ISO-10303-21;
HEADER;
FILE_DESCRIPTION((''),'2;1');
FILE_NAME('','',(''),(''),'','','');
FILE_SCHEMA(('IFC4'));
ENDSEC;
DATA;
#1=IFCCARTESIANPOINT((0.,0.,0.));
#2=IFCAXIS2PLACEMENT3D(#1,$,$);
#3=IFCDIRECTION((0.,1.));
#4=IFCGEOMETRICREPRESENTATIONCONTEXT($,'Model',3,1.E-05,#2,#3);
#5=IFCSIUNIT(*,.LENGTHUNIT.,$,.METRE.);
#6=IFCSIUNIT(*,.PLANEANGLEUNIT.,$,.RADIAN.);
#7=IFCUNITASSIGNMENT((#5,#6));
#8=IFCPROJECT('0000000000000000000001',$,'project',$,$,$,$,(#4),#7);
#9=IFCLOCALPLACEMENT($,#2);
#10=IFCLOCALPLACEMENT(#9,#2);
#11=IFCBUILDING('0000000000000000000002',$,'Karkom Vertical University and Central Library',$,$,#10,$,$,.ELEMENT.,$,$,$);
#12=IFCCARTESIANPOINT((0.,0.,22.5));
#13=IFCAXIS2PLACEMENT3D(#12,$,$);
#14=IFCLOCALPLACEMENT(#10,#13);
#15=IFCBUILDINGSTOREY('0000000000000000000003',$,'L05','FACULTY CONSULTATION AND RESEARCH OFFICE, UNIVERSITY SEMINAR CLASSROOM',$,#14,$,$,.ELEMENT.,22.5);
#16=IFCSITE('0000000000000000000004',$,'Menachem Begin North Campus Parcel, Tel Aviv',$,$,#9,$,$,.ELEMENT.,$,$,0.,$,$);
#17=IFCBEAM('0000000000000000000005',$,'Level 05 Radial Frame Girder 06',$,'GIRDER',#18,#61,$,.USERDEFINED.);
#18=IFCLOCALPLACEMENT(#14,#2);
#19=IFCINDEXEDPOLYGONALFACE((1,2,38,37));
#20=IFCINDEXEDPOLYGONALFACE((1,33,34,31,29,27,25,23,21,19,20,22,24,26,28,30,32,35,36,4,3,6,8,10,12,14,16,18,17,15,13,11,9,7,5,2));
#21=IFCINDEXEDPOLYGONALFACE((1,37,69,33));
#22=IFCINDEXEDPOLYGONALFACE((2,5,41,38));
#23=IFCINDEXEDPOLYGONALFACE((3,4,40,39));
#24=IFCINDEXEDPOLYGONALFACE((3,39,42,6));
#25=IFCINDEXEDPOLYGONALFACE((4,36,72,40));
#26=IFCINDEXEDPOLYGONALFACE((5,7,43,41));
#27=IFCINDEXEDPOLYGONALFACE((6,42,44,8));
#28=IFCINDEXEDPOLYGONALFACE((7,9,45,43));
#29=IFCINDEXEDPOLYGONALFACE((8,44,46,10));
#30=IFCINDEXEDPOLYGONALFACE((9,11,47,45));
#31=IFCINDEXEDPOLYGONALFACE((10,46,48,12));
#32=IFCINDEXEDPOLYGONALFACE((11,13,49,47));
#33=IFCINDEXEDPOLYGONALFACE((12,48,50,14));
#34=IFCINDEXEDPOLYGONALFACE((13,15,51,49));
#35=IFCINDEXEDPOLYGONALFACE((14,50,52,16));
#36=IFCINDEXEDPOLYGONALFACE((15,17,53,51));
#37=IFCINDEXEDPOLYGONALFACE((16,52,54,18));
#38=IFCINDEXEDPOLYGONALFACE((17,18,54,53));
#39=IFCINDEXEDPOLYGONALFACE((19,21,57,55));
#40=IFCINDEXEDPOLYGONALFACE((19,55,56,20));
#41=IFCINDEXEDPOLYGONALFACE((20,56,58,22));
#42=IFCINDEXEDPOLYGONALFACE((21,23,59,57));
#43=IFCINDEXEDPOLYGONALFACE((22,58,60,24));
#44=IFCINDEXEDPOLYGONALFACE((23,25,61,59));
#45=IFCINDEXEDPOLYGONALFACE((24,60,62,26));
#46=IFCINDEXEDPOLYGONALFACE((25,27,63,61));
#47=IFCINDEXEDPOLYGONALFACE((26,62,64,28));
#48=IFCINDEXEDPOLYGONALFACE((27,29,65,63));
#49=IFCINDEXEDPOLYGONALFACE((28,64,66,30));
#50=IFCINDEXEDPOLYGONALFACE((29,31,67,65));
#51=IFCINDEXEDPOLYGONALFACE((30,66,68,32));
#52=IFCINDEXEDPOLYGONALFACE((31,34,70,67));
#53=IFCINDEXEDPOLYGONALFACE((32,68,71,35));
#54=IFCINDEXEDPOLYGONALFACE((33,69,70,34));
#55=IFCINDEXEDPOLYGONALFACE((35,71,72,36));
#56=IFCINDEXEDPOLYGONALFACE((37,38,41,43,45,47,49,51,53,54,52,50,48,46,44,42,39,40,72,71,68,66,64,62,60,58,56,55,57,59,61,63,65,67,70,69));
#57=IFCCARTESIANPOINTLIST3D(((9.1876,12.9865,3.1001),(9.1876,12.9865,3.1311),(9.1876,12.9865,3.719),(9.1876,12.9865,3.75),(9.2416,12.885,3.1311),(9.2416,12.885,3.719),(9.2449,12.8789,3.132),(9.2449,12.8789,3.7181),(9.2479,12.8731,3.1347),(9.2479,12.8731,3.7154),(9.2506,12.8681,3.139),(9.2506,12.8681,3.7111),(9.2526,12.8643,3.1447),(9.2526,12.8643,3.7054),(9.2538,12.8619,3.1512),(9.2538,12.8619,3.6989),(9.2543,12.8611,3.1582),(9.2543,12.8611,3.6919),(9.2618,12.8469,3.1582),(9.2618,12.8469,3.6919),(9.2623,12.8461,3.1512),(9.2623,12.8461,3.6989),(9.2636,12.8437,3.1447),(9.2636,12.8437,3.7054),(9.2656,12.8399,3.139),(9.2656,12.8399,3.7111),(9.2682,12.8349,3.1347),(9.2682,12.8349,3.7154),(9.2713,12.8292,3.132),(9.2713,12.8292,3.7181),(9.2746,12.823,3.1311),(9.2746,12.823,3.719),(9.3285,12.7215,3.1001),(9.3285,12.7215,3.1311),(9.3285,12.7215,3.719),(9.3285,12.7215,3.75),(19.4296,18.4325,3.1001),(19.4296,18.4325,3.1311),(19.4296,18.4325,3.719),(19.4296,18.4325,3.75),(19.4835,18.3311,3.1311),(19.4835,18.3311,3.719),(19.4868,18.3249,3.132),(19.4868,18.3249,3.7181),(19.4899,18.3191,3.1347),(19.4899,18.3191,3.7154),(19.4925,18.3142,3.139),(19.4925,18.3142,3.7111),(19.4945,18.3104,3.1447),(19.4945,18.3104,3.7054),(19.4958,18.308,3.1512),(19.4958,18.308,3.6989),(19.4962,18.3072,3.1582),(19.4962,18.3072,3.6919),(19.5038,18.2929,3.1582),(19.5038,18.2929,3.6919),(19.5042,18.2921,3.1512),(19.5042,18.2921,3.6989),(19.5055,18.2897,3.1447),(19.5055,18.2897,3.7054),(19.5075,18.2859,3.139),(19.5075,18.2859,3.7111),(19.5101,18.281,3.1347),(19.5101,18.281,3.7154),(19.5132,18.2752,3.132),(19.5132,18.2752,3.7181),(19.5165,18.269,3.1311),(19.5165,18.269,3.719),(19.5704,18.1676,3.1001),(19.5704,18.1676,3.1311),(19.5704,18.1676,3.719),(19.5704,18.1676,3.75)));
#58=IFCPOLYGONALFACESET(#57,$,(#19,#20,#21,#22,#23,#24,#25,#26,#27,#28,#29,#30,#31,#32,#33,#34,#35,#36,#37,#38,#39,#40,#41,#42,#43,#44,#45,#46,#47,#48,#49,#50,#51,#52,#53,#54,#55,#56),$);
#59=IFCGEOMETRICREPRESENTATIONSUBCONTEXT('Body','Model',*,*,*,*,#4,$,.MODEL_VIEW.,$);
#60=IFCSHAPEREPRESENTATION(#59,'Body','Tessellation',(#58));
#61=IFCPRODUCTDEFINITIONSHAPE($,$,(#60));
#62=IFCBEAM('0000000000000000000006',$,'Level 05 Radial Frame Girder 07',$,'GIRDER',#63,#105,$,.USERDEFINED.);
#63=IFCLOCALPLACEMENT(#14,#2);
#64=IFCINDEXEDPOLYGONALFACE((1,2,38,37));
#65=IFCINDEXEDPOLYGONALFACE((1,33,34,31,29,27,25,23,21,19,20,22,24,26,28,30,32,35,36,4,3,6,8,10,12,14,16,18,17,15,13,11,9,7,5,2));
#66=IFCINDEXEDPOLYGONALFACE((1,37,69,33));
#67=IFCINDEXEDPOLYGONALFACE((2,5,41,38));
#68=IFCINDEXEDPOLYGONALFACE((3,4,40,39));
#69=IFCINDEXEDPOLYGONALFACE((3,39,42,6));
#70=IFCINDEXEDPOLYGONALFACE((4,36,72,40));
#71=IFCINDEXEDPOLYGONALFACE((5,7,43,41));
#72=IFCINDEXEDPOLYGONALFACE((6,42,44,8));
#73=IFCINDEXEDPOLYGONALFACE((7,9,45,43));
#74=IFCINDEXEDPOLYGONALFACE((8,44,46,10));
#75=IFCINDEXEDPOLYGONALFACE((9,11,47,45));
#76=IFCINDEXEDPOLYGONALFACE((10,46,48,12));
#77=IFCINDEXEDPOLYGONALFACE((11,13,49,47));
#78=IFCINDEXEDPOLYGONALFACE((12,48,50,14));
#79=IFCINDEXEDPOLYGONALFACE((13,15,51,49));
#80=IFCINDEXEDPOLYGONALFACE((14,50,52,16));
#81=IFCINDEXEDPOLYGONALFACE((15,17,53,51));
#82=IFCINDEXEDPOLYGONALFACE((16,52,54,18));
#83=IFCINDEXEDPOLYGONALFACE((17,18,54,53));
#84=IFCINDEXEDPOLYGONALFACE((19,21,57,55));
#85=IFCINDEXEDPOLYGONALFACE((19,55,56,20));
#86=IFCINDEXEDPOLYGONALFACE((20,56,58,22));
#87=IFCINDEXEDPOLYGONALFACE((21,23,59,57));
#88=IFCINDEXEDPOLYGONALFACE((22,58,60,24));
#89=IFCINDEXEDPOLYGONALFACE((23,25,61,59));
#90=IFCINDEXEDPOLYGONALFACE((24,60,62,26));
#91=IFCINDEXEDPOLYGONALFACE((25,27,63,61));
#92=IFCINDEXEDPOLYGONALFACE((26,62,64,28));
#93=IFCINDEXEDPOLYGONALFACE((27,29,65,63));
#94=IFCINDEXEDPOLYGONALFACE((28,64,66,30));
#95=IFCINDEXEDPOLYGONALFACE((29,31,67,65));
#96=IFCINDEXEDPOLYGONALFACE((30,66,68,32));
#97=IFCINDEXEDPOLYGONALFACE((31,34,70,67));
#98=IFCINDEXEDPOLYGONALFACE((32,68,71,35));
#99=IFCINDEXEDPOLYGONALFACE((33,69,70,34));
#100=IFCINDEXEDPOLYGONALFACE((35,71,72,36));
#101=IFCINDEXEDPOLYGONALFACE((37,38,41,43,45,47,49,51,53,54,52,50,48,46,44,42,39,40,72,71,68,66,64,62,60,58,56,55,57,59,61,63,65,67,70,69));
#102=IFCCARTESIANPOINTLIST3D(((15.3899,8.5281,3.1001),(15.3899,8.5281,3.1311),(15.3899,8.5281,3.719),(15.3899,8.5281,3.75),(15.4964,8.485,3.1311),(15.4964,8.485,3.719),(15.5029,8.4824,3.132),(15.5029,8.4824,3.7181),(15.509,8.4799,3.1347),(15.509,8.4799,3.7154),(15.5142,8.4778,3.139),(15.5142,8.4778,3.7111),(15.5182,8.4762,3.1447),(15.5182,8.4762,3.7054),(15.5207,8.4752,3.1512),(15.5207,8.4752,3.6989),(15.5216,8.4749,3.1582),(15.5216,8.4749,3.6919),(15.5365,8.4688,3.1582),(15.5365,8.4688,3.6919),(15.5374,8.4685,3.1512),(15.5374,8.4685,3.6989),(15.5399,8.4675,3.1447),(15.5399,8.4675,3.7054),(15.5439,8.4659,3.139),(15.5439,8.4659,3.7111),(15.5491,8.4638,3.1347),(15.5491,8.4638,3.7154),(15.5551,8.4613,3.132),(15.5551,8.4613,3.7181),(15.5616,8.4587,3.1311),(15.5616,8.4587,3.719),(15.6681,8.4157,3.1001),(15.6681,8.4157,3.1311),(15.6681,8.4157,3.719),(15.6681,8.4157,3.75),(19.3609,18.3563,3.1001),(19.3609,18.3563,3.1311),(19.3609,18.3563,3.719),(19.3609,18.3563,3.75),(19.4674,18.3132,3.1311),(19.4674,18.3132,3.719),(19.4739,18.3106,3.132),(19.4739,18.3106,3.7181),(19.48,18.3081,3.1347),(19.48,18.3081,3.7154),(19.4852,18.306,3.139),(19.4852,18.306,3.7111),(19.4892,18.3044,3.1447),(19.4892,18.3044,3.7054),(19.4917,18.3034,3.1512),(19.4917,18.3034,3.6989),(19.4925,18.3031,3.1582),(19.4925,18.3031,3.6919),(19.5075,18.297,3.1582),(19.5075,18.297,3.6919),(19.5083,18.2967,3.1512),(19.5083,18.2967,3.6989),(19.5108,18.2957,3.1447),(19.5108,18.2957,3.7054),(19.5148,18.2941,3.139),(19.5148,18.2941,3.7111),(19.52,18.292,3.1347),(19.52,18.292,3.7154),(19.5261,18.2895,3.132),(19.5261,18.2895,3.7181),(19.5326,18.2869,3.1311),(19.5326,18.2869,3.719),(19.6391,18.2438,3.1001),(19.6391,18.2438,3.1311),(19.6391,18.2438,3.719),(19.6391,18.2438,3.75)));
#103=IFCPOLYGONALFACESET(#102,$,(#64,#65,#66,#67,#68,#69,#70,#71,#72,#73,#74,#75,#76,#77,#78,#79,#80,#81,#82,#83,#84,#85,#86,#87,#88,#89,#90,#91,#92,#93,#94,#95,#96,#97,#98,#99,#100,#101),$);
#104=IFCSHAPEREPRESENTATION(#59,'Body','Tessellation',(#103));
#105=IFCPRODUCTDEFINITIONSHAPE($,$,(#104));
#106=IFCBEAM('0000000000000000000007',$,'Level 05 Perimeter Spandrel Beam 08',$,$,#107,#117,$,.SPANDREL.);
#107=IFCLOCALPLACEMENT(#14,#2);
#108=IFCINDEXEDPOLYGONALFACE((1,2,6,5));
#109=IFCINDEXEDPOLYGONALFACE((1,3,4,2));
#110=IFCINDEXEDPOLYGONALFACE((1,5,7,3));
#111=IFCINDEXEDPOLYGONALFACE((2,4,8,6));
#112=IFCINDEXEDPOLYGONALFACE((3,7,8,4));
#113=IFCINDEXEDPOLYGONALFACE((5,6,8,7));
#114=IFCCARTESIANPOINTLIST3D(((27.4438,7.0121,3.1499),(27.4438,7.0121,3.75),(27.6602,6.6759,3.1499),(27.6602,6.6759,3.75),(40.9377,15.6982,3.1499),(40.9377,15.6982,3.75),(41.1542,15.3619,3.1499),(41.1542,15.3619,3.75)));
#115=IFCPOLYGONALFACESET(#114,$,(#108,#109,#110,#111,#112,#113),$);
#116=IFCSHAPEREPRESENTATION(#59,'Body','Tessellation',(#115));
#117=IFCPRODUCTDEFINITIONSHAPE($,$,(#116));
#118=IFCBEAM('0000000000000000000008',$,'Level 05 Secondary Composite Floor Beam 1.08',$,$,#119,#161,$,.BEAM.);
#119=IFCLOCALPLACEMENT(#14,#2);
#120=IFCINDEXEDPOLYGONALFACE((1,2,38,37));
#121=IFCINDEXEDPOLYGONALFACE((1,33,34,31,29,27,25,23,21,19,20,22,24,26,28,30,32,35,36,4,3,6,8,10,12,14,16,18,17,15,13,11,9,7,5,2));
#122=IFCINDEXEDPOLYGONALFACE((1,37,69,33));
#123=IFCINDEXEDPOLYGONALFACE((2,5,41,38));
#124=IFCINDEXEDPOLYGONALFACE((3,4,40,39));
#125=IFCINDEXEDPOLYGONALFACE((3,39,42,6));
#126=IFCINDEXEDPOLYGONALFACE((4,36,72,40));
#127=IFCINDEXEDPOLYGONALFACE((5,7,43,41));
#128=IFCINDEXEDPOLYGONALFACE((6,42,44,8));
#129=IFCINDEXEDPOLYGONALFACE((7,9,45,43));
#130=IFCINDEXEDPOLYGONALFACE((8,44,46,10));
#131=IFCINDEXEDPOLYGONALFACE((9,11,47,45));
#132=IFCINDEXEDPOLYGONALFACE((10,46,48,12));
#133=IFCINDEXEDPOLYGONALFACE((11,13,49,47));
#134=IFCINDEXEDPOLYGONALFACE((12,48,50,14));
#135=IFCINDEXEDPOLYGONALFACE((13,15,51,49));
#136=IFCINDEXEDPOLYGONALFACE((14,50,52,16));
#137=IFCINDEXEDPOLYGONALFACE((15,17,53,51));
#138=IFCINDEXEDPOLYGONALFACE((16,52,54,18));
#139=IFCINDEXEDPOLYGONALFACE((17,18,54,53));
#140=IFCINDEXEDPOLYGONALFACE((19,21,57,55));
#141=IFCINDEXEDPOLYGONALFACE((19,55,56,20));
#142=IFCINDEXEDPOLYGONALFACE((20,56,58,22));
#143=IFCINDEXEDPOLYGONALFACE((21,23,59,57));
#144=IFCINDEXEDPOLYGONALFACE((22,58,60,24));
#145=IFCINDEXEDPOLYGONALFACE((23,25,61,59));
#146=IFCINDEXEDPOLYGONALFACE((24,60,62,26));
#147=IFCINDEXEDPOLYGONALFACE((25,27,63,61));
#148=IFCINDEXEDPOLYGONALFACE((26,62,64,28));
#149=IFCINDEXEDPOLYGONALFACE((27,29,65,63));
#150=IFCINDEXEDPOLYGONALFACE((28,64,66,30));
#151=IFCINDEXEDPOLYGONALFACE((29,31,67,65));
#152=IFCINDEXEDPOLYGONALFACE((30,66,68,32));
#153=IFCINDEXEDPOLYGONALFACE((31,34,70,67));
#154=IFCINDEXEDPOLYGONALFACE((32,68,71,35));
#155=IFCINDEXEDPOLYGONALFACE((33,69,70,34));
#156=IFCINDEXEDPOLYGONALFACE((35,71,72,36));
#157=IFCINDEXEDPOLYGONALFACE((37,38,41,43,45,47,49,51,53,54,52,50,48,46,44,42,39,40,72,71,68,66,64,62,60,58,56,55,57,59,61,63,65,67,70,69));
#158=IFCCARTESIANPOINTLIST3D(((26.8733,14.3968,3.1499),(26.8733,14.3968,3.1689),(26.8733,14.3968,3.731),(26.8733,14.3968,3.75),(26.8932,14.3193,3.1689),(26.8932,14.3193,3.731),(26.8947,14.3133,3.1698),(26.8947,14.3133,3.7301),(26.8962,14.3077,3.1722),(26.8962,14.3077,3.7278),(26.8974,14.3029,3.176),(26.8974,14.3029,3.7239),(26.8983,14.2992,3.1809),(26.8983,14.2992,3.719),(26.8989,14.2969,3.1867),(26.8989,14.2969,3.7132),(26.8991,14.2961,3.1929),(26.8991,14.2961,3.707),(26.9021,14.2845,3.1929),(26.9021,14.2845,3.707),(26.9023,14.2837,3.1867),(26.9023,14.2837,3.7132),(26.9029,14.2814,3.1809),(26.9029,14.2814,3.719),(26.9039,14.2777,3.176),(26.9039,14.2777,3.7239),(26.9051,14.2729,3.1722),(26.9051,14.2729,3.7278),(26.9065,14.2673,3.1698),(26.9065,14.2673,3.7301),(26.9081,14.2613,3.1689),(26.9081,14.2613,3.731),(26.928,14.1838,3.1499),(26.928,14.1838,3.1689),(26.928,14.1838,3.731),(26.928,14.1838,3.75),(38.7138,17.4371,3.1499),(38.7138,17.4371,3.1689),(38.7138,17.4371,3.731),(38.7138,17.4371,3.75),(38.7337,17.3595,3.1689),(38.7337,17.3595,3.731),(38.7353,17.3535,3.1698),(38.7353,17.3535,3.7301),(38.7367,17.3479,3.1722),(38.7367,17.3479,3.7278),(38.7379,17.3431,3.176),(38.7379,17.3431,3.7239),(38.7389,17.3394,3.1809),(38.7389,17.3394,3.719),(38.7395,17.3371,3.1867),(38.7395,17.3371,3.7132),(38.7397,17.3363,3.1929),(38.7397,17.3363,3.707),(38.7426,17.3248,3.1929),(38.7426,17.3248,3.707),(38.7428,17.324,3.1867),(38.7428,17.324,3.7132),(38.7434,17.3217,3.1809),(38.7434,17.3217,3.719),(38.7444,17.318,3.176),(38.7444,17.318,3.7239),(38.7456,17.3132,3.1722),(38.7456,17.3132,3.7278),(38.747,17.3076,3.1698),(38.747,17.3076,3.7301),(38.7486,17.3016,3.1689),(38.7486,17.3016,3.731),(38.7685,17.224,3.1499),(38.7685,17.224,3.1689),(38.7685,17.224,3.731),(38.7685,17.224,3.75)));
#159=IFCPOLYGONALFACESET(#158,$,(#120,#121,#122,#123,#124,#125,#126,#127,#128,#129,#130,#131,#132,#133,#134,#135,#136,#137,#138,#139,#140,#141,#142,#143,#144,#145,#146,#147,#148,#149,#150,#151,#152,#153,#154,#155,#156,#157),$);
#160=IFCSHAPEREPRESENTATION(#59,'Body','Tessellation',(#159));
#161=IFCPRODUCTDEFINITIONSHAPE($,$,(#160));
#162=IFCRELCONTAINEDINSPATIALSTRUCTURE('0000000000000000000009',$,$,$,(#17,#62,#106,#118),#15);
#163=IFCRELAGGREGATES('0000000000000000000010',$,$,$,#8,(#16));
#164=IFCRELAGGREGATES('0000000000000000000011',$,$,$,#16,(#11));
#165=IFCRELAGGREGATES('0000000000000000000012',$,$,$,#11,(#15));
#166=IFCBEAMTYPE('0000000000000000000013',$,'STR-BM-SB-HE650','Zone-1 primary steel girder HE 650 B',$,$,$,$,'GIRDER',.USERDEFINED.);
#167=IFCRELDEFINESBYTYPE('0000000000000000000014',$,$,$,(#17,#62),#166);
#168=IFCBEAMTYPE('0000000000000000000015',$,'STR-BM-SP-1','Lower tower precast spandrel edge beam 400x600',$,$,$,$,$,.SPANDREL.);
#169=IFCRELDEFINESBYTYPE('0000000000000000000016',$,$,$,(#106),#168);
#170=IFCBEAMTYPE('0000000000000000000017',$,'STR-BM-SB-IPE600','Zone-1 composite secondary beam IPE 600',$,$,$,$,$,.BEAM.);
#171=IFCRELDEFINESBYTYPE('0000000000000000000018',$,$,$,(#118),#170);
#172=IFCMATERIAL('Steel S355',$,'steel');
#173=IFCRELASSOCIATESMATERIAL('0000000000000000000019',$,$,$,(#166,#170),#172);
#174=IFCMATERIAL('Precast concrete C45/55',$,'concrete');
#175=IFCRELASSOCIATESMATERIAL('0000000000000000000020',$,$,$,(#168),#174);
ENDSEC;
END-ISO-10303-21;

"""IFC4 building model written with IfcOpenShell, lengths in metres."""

from ifc_helpers import new_model, si_unit, direction, frame, origin, origin_with_axes, origin_2d, place, context, subcontext, project, spatial, rectangle, i_section, extrude, source, transform, mapped, material, material_profile, profile_set, type_object, element, save


model = new_model("IFC4")

# Units and contexts
model_context = context("Model", 3, precision=1e-05, world=origin(), true_north=direction((0.0, 1.0)))
body_context = subcontext(model_context, "Body", "Model", "MODEL_VIEW")
ifc_project = project(units=[si_unit("LENGTHUNIT", "METRE"), si_unit("PLANEANGLEUNIT", "RADIAN")], contexts=[model_context])

# Site, building, storey
site_placement = place(None, origin())
site = spatial("IfcSite", under=ifc_project, at=site_placement, Name="Menachem Begin North Campus Parcel, Tel Aviv", CompositionType="ELEMENT", RefElevation=0.0)
building_placement = place(site_placement, origin())
building = spatial("IfcBuilding", under=site, at=building_placement, Name="Karkom Vertical University and Central Library", CompositionType="ELEMENT")
storey_placement = place(building_placement, frame((0.0, 0.0, 22.5)))
storey = spatial("IfcBuildingStorey", under=building, at=storey_placement, Name="L05", Description="FACULTY CONSULTATION AND RESEARCH OFFICE, UNIVERSITY SEMINAR CLASSROOM", CompositionType="ELEMENT", Elevation=22.5)

# Beams
ifc_material_1 = material(Name="Steel S355", Category="steel")
ifc_material_profile_1 = material_profile(ifc_material_1, i_section(OverallWidth=0.3, OverallDepth=0.6499, WebThickness=0.0161, FlangeThickness=0.031, FilletRadius=0.0271, at=origin_2d()), Name="HE 650 B")
ifc_profile_set_1 = profile_set([ifc_material_profile_1], Name="Steel S355")
beam_type_1 = type_object("IfcBeamType", Name="STR-BM-SB-HE650", Description="Zone-1 primary steel girder HE 650 B", ElementType="GIRDER", PredefinedType="USERDEFINED", material=ifc_profile_set_1)
shared_shape_1 = source(origin_with_axes(), body_context, "Body", "SweptSolid", [
    extrude(i_section(OverallWidth=0.3, OverallDepth=0.6499, WebThickness=0.0161, FlangeThickness=0.031, FilletRadius=0.0271, at=origin_2d()), origin(), (0.0, 0.0, 1.0), 11.5999),
])
beam_1_placement = place(storey_placement, frame((19.5, 18.3, 3.425), z_axis=(-0.882937, -0.469492, 0.0), x_axis=(0.469492, -0.882937, 0.0)))
element("IfcBeam", 1, at=beam_1_placement, inside=storey, type_object=beam_type_1, Name="Level 05 Radial Frame Girder 06", ObjectType="GIRDER", PredefinedType="USERDEFINED", context=body_context, shape_type="MappedRepresentation", body=[
    mapped(shared_shape_1, transform((0.0, 0.0, 0.0), scale=1.0)),
])
shared_shape_2 = source(origin_with_axes(), body_context, "Body", "SweptSolid", [
    extrude(i_section(OverallWidth=0.3, OverallDepth=0.6499, WebThickness=0.0161, FlangeThickness=0.031, FilletRadius=0.0271, at=origin_2d()), origin(), (0.0, 0.0, 1.0), 10.6001),
])
beam_2_placement = place(storey_placement, frame((19.5, 18.3, 3.425), z_axis=(-0.374617, -0.92718, 0.0), x_axis=(0.92718, -0.374617, 0.0)))
element("IfcBeam", 2, at=beam_2_placement, inside=storey, type_object=beam_type_1, Name="Level 05 Radial Frame Girder 07", ObjectType="GIRDER", PredefinedType="USERDEFINED", context=body_context, shape_type="MappedRepresentation", body=[
    mapped(shared_shape_2, transform((0.0, 0.0, 0.0), scale=1.0)),
])
ifc_material_2 = material(Name="Precast concrete C45/55", Category="concrete")
ifc_material_profile_2 = material_profile(ifc_material_2, rectangle(XDim=0.3999, YDim=0.6001, at=origin_2d()), Name="SPB-400x600")
ifc_profile_set_2 = profile_set([ifc_material_profile_2], Name="Precast concrete C45/55")
beam_type_2 = type_object("IfcBeamType", Name="STR-BM-SP-1", Description="Lower tower precast spandrel edge beam 400x600", PredefinedType="SPANDREL", material=ifc_profile_set_2)
shared_shape_3 = source(origin_with_axes(), body_context, "Body", "SweptSolid", [
    extrude(rectangle(XDim=0.3999, YDim=0.6001, at=origin_2d()), origin(), (0.0, 0.0, 1.0), 16.0479),
])
beam_3_placement = place(storey_placement, frame((27.552, 6.844, 3.45), z_axis=(0.840856, 0.54126, 0.0), x_axis=(-0.54126, 0.840856, 0.0)))
element("IfcBeam", 3, at=beam_3_placement, inside=storey, type_object=beam_type_2, Name="Level 05 Perimeter Spandrel Beam 08", PredefinedType="SPANDREL", context=body_context, shape_type="MappedRepresentation", body=[
    mapped(shared_shape_3, transform((0.0, 0.0, 0.0), scale=1.0)),
])
ifc_material_profile_3 = material_profile(ifc_material_1, i_section(OverallWidth=0.22, OverallDepth=0.6001, WebThickness=0.012, FlangeThickness=0.019, FilletRadius=0.0239, at=origin_2d()), Name="IPE 600")
ifc_profile_set_3 = profile_set([ifc_material_profile_3], Name="Steel S355")
beam_type_3 = type_object("IfcBeamType", Name="STR-BM-SB-IPE600", Description="Zone-1 composite secondary beam IPE 600", PredefinedType="BEAM", material=ifc_profile_set_3)
shared_shape_4 = source(origin_with_axes(), body_context, "Body", "SweptSolid", [
    extrude(i_section(OverallWidth=0.22, OverallDepth=0.6001, WebThickness=0.012, FlangeThickness=0.019, FilletRadius=0.0239, at=origin_2d()), origin(), (0.0, 0.0, 1.0), 12.2246),
])
beam_4_placement = place(storey_placement, frame((26.9006, 14.2903, 3.45), z_axis=(0.96858, 0.248701, 0.0), x_axis=(-0.248701, 0.96858, 0.0)))
element("IfcBeam", 4, at=beam_4_placement, inside=storey, type_object=beam_type_3, Name="Level 05 Secondary Composite Floor Beam 1.08", PredefinedType="BEAM", context=body_context, shape_type="MappedRepresentation", body=[
    mapped(shared_shape_4, transform((0.0, 0.0, 0.0), scale=1.0)),
])

save(model, "model.ifc")
